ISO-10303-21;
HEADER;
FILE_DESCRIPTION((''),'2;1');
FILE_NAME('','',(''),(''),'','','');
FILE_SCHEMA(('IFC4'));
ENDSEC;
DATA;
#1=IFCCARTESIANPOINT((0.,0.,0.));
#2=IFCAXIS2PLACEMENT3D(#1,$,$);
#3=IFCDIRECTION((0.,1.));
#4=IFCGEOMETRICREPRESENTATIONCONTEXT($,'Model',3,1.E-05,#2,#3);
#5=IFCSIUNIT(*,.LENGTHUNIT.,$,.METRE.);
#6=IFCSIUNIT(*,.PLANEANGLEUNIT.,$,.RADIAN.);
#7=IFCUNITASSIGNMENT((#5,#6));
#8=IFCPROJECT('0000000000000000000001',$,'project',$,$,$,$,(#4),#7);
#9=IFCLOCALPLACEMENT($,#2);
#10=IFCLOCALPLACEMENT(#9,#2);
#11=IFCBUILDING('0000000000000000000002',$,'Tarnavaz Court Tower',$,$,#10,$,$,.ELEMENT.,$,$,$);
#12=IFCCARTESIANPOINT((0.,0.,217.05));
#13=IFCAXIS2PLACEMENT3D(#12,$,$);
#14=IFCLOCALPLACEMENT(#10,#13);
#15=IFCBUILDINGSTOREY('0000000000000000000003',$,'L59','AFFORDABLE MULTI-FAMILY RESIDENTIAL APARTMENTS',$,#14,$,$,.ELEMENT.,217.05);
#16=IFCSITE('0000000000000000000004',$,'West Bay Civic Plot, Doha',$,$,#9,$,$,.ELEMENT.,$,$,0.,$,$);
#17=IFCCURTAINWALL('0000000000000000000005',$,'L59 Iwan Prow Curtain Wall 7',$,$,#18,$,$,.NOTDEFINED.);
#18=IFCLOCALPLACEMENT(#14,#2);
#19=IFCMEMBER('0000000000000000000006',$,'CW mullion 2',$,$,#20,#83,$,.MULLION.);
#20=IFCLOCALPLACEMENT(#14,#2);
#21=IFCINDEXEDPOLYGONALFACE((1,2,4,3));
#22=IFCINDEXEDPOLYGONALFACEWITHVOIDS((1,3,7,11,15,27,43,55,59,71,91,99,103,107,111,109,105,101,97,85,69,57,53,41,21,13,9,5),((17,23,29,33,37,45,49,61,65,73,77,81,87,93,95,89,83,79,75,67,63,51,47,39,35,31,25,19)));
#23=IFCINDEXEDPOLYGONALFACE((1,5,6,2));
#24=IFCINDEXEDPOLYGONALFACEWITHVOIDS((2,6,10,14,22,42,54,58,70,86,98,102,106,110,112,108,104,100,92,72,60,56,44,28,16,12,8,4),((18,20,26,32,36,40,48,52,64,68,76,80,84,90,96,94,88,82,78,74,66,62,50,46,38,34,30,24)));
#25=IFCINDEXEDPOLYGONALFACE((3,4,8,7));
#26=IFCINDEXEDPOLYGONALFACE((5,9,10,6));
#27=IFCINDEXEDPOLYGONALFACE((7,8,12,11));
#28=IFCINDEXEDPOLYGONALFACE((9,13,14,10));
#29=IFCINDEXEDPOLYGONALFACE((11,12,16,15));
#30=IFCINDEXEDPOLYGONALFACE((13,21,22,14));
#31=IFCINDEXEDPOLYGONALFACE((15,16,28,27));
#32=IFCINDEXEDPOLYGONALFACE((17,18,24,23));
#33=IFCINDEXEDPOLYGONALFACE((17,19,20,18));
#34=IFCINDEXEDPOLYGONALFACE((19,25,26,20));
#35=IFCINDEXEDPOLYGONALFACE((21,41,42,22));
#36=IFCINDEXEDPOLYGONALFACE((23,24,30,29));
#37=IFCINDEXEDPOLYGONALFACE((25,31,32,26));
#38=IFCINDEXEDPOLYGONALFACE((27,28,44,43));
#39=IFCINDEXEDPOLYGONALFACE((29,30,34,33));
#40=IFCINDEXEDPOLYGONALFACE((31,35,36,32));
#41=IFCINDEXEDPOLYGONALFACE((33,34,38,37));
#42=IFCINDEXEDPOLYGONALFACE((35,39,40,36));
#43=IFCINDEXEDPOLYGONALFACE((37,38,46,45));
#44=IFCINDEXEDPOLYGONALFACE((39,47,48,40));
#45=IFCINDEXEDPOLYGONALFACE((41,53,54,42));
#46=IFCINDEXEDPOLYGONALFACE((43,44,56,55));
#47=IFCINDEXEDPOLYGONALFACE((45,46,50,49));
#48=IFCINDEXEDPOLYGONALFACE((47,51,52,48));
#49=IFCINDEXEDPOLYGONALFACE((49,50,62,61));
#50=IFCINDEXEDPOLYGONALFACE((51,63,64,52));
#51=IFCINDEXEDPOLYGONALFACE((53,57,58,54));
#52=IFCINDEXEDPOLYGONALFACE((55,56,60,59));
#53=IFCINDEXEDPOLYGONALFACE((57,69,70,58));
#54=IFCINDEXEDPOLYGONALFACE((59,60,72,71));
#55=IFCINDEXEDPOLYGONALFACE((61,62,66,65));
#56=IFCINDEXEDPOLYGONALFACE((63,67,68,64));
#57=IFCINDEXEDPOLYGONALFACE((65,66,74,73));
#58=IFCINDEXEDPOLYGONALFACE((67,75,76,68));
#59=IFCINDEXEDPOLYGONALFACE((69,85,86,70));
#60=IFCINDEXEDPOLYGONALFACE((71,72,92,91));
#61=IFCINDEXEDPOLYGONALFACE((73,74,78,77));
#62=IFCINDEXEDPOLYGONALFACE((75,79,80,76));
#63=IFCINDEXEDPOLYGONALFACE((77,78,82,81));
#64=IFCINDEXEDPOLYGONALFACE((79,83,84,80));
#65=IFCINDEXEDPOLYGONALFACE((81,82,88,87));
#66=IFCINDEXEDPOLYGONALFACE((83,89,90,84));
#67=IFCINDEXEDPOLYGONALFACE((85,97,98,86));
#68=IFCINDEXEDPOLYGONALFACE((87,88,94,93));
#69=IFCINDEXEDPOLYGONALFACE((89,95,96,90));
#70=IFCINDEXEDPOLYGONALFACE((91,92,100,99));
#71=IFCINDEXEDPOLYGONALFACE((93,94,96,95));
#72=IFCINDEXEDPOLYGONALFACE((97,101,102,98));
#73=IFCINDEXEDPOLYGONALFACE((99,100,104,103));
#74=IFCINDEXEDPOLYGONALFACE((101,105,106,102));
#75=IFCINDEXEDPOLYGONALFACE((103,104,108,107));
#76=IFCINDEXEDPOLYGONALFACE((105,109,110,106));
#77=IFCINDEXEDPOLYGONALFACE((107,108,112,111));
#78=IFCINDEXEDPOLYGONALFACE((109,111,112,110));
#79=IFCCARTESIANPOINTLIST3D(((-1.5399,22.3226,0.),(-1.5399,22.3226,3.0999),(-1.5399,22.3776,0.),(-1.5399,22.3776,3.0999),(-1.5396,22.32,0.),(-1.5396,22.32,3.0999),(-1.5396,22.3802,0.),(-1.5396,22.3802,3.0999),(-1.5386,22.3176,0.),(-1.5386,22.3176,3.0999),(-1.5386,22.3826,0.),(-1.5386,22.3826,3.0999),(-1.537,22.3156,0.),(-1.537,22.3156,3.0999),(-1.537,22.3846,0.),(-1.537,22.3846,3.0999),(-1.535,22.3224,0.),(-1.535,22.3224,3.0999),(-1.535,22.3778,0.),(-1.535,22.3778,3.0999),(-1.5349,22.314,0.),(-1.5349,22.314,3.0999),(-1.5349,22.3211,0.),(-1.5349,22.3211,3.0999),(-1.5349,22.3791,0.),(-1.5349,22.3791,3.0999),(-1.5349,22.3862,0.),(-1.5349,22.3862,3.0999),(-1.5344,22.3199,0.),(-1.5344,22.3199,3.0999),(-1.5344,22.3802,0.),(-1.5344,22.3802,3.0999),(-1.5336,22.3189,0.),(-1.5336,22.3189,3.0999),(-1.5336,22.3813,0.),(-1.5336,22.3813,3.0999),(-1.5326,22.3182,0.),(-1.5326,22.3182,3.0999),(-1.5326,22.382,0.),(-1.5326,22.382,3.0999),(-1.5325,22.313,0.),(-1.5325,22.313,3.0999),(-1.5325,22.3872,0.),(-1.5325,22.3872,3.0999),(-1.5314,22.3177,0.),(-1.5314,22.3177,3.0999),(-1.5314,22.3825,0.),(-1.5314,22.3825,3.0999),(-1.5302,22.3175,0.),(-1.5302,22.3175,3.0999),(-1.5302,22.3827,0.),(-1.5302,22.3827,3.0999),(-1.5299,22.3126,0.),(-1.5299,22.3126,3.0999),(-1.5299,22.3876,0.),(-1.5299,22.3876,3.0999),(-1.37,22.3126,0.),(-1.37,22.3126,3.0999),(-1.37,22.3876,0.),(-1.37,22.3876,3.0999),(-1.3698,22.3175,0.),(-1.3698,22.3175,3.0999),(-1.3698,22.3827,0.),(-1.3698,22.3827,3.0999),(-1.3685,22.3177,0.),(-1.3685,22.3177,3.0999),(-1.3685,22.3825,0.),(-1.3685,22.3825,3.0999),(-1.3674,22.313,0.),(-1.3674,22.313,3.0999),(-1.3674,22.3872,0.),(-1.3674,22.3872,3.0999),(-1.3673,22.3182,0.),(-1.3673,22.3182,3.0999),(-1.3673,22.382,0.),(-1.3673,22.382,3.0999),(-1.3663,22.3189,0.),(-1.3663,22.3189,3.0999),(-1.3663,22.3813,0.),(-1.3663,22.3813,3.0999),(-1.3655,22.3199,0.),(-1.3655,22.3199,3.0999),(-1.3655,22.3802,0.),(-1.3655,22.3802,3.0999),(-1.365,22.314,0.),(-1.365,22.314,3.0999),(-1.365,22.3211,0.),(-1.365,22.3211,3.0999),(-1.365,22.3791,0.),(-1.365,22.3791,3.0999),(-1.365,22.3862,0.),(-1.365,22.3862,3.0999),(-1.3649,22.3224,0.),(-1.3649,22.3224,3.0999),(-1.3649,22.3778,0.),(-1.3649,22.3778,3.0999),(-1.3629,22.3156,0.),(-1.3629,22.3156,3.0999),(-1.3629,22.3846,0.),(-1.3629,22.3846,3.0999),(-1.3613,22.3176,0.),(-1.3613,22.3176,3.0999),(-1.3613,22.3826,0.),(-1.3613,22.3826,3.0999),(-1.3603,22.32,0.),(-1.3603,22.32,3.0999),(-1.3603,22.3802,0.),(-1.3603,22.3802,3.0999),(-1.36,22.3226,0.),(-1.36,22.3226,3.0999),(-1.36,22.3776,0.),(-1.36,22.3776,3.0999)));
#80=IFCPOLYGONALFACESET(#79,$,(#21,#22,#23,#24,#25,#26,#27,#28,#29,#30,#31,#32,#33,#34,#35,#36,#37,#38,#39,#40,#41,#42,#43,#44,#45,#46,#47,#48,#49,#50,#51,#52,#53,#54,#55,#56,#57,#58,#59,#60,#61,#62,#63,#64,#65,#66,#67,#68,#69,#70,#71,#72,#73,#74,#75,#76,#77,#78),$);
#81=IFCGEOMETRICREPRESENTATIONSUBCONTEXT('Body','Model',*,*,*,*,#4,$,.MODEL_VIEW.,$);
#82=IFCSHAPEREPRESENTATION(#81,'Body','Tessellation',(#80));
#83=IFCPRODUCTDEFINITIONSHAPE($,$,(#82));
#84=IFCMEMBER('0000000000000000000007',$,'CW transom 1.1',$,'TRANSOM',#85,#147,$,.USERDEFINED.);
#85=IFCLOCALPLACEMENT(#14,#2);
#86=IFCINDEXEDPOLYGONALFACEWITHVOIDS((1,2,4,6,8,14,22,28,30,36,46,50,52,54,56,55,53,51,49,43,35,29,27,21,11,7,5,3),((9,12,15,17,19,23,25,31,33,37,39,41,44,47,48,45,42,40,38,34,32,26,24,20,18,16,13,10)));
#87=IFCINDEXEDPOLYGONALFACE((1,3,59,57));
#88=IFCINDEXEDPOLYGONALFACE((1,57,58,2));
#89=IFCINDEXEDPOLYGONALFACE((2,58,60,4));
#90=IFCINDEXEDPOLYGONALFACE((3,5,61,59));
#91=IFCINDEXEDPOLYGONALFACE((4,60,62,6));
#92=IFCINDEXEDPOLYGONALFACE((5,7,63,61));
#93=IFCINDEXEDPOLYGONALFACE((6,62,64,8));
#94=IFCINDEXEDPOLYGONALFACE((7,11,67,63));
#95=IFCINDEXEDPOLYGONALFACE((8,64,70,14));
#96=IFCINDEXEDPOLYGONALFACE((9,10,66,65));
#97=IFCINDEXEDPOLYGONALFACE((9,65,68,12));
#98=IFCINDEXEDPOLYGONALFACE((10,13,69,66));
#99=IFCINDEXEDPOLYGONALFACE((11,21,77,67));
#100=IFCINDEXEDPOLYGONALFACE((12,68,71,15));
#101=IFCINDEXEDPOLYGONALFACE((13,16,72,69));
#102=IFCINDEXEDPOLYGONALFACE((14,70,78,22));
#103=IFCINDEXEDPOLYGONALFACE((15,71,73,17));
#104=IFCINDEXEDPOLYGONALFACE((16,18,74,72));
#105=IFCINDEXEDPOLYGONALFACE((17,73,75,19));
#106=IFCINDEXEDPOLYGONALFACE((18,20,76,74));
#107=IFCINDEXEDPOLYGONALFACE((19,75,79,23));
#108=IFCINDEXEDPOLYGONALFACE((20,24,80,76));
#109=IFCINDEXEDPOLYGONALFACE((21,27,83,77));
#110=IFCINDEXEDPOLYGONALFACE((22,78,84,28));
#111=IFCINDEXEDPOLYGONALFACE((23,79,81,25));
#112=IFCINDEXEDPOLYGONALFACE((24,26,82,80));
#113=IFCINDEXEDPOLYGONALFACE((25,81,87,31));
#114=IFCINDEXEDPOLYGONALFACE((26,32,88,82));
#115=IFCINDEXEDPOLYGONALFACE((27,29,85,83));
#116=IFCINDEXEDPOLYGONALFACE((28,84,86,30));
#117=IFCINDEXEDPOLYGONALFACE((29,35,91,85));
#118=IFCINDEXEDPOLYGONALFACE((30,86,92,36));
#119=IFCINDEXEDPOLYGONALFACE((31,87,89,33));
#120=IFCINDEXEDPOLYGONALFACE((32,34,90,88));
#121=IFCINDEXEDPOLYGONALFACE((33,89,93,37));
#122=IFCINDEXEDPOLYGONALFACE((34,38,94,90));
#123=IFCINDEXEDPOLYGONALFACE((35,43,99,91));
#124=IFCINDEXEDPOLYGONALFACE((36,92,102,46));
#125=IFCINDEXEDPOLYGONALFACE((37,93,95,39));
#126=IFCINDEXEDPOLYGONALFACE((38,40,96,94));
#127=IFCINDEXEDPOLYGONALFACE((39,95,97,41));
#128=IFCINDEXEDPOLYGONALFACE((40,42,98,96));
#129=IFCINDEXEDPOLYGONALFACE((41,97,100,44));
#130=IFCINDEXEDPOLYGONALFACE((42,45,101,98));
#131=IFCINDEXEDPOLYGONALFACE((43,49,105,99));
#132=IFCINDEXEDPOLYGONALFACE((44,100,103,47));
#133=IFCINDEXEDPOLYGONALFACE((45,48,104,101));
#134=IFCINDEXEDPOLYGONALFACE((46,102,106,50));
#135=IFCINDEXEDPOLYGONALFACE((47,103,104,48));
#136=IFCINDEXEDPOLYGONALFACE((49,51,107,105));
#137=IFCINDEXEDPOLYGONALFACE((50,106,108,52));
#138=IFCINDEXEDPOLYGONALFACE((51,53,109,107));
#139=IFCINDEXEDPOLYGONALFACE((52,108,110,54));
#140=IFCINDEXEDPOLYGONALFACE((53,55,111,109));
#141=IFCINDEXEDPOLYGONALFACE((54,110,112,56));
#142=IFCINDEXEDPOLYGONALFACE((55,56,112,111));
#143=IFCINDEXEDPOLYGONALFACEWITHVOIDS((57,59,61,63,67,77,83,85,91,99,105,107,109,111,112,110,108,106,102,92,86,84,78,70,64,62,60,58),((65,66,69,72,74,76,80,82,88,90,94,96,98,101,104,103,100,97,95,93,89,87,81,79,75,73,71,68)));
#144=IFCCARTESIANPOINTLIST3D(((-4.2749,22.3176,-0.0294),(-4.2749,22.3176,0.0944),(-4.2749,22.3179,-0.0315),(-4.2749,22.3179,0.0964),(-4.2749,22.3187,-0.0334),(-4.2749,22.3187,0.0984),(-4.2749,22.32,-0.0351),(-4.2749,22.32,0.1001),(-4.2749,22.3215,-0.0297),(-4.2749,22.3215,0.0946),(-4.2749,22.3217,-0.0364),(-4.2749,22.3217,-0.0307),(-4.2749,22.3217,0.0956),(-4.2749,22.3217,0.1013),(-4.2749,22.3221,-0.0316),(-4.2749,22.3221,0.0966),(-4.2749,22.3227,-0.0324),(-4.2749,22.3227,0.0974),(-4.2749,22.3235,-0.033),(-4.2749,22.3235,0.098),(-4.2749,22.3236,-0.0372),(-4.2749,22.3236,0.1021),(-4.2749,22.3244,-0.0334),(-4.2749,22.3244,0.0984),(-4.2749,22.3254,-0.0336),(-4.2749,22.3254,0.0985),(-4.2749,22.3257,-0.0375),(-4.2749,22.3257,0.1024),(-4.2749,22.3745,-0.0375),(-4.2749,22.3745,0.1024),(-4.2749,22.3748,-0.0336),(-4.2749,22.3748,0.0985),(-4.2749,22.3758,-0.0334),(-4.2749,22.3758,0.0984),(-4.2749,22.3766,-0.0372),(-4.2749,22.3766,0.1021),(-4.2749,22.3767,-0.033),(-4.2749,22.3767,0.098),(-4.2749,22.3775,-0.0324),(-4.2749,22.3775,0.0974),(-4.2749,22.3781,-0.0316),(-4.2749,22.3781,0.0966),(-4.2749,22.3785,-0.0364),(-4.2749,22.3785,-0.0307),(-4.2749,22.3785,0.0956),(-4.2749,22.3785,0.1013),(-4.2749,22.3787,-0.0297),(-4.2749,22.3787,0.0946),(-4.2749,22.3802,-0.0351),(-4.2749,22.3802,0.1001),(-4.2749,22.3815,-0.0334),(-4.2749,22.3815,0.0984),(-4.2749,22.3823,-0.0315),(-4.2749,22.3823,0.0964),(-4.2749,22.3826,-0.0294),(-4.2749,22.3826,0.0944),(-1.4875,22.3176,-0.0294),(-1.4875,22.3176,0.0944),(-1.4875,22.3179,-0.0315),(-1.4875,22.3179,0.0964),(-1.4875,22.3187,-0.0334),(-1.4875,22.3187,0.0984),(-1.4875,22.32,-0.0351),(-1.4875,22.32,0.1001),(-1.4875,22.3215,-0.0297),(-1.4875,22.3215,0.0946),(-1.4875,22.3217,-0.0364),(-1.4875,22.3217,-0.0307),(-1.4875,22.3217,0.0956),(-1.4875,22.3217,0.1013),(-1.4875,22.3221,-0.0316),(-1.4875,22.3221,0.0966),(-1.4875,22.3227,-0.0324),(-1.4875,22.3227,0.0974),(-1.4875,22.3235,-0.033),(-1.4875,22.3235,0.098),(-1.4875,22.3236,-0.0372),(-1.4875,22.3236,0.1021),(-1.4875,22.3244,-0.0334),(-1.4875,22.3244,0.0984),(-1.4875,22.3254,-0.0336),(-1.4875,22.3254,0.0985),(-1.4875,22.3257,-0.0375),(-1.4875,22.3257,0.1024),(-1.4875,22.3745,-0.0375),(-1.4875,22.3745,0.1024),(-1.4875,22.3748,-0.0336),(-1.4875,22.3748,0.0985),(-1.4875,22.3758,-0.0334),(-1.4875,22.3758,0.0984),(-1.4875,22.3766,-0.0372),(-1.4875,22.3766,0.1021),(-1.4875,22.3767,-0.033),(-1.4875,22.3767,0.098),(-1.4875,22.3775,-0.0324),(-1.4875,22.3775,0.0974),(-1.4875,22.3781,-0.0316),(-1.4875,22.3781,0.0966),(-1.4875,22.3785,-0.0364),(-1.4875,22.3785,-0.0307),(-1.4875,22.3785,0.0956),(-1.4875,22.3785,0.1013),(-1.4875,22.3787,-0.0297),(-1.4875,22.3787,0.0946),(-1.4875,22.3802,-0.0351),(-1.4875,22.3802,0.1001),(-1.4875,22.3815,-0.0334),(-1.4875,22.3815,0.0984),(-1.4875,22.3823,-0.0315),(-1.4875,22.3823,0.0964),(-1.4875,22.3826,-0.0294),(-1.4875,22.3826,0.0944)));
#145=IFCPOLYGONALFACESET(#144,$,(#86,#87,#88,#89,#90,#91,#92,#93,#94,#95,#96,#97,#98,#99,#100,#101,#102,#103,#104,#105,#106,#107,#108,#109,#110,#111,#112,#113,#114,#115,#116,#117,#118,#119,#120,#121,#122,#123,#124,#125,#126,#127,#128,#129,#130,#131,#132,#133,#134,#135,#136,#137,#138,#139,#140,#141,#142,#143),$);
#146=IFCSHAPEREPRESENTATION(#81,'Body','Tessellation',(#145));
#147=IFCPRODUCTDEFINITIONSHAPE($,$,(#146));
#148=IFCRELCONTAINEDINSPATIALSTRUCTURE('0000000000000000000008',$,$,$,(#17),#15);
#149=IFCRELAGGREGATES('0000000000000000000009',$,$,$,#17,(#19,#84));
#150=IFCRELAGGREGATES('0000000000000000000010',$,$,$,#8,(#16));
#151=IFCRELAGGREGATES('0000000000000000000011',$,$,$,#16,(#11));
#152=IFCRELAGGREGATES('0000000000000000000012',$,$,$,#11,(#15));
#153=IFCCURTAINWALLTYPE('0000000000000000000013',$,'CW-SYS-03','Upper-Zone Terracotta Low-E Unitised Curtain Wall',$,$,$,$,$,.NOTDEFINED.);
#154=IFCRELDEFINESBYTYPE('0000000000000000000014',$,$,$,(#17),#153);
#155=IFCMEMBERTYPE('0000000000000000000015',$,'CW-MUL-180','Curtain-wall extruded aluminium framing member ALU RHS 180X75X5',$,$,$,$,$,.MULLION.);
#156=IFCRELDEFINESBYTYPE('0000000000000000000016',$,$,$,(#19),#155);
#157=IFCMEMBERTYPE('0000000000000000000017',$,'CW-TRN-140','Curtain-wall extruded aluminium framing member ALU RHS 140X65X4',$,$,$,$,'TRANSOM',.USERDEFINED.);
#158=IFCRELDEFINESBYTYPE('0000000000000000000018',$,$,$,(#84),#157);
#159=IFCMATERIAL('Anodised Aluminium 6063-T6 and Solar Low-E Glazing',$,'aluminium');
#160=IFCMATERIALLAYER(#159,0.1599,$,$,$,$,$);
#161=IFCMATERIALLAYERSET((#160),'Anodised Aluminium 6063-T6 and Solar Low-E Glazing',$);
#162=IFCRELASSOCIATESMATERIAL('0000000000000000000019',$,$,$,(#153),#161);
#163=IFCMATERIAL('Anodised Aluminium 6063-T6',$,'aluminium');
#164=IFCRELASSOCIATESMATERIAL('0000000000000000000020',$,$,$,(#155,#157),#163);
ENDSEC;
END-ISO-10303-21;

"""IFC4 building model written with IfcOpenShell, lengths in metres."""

from ifc_helpers import new_model, si_unit, direction, frame, origin, origin_2d, place, context, subcontext, project, spatial, hollow_rectangle, extrude, material, layer, layer_set, material_profile, profile_set, type_object, element, aggregate, save


model = new_model("IFC4")

# Units and contexts
model_context = context("Model", 3, precision=1e-05, world=origin(), true_north=direction((0.0, 1.0)))
body_context = subcontext(model_context, "Body", "Model", "MODEL_VIEW")
ifc_project = project(units=[si_unit("LENGTHUNIT", "METRE"), si_unit("PLANEANGLEUNIT", "RADIAN")], contexts=[model_context])

# Site, building, storey
site_placement = place(None, origin())
site = spatial("IfcSite", under=ifc_project, at=site_placement, Name="West Bay Civic Plot, Doha", CompositionType="ELEMENT", RefElevation=0.0)
building_placement = place(site_placement, origin())
building = spatial("IfcBuilding", under=site, at=building_placement, Name="Tarnavaz Court Tower", CompositionType="ELEMENT")
storey_placement = place(building_placement, frame((0.0, 0.0, 217.05)))
storey = spatial("IfcBuildingStorey", under=building, at=storey_placement, Name="L59", Description="AFFORDABLE MULTI-FAMILY RESIDENTIAL APARTMENTS", CompositionType="ELEMENT", Elevation=217.05)

# Curtain wall, members
ifc_material_1 = material(Name="Anodised Aluminium 6063-T6 and Solar Low-E Glazing", Category="aluminium")
ifc_layer_1 = layer(ifc_material_1, 0.1599)
ifc_layer_set_1 = layer_set([ifc_layer_1], Name="Anodised Aluminium 6063-T6 and Solar Low-E Glazing")
curtain_wall_type = type_object("IfcCurtainWallType", Name="CW-SYS-03", Description="Upper-Zone Terracotta Low-E Unitised Curtain Wall", PredefinedType="NOTDEFINED", material=ifc_layer_set_1)
curtain_wall_placement = place(storey_placement, origin())
curtain_wall = element("IfcCurtainWall", 1, at=curtain_wall_placement, inside=storey, type_object=curtain_wall_type, Name="L59 Iwan Prow Curtain Wall 7", PredefinedType="NOTDEFINED")
ifc_material_2 = material(Name="Anodised Aluminium 6063-T6", Category="aluminium")
ifc_material_profile_1 = material_profile(ifc_material_2, hollow_rectangle(XDim=0.075, YDim=0.1799, WallThickness=0.0049, InnerFilletRadius=0.0049, OuterFilletRadius=0.01, at=origin_2d()), Name="ALU RHS 180X75X5")
ifc_profile_set_1 = profile_set([ifc_material_profile_1], Name="Anodised Aluminium 6063-T6")
member_type_1 = type_object("IfcMemberType", Name="CW-MUL-180", Description="Curtain-wall extruded aluminium framing member ALU RHS 180X75X5", PredefinedType="MULLION", material=ifc_profile_set_1)
member_1_placement = place(storey_placement, frame((-1.45, 22.3501, 0.0), z_axis=(0.0, 0.0, 1.0), x_axis=(0.0, 1.0, 0.0)))
member_1 = element("IfcMember", 2, at=member_1_placement, type_object=member_type_1, Name="CW mullion 2", PredefinedType="MULLION", context=body_context, shape_type="SweptSolid", body=[
    extrude(hollow_rectangle(XDim=0.075, YDim=0.1799, WallThickness=0.0049, InnerFilletRadius=0.0049, OuterFilletRadius=0.01, at=origin_2d()), origin(), (0.0, 0.0, 1.0), 3.0999),
])
ifc_material_profile_2 = material_profile(ifc_material_2, hollow_rectangle(XDim=0.0649, YDim=0.1399, WallThickness=0.0039, InnerFilletRadius=0.0039, OuterFilletRadius=0.0081, at=origin_2d()), Name="ALU RHS 140X65X4")
ifc_profile_set_2 = profile_set([ifc_material_profile_2], Name="Anodised Aluminium 6063-T6")
member_type_2 = type_object("IfcMemberType", Name="CW-TRN-140", Description="Curtain-wall extruded aluminium framing member ALU RHS 140X65X4", ElementType="TRANSOM", PredefinedType="USERDEFINED", material=ifc_profile_set_2)
member_2_placement = place(storey_placement, frame((-4.2749, 22.3501, 0.0325), z_axis=(1.0, 0.0, 0.0), x_axis=(0.0, 1.0, 0.0)))
member_2 = element("IfcMember", 3, at=member_2_placement, type_object=member_type_2, Name="CW transom 1.1", ObjectType="TRANSOM", PredefinedType="USERDEFINED", context=body_context, shape_type="SweptSolid", body=[
    extrude(hollow_rectangle(XDim=0.0649, YDim=0.1399, WallThickness=0.0039, InnerFilletRadius=0.0039, OuterFilletRadius=0.0081, at=origin_2d()), origin(), (0.0, 0.0, 1.0), 2.7874),
])
aggregate(curtain_wall, [member_1, member_2])

save(model, "model.ifc")
